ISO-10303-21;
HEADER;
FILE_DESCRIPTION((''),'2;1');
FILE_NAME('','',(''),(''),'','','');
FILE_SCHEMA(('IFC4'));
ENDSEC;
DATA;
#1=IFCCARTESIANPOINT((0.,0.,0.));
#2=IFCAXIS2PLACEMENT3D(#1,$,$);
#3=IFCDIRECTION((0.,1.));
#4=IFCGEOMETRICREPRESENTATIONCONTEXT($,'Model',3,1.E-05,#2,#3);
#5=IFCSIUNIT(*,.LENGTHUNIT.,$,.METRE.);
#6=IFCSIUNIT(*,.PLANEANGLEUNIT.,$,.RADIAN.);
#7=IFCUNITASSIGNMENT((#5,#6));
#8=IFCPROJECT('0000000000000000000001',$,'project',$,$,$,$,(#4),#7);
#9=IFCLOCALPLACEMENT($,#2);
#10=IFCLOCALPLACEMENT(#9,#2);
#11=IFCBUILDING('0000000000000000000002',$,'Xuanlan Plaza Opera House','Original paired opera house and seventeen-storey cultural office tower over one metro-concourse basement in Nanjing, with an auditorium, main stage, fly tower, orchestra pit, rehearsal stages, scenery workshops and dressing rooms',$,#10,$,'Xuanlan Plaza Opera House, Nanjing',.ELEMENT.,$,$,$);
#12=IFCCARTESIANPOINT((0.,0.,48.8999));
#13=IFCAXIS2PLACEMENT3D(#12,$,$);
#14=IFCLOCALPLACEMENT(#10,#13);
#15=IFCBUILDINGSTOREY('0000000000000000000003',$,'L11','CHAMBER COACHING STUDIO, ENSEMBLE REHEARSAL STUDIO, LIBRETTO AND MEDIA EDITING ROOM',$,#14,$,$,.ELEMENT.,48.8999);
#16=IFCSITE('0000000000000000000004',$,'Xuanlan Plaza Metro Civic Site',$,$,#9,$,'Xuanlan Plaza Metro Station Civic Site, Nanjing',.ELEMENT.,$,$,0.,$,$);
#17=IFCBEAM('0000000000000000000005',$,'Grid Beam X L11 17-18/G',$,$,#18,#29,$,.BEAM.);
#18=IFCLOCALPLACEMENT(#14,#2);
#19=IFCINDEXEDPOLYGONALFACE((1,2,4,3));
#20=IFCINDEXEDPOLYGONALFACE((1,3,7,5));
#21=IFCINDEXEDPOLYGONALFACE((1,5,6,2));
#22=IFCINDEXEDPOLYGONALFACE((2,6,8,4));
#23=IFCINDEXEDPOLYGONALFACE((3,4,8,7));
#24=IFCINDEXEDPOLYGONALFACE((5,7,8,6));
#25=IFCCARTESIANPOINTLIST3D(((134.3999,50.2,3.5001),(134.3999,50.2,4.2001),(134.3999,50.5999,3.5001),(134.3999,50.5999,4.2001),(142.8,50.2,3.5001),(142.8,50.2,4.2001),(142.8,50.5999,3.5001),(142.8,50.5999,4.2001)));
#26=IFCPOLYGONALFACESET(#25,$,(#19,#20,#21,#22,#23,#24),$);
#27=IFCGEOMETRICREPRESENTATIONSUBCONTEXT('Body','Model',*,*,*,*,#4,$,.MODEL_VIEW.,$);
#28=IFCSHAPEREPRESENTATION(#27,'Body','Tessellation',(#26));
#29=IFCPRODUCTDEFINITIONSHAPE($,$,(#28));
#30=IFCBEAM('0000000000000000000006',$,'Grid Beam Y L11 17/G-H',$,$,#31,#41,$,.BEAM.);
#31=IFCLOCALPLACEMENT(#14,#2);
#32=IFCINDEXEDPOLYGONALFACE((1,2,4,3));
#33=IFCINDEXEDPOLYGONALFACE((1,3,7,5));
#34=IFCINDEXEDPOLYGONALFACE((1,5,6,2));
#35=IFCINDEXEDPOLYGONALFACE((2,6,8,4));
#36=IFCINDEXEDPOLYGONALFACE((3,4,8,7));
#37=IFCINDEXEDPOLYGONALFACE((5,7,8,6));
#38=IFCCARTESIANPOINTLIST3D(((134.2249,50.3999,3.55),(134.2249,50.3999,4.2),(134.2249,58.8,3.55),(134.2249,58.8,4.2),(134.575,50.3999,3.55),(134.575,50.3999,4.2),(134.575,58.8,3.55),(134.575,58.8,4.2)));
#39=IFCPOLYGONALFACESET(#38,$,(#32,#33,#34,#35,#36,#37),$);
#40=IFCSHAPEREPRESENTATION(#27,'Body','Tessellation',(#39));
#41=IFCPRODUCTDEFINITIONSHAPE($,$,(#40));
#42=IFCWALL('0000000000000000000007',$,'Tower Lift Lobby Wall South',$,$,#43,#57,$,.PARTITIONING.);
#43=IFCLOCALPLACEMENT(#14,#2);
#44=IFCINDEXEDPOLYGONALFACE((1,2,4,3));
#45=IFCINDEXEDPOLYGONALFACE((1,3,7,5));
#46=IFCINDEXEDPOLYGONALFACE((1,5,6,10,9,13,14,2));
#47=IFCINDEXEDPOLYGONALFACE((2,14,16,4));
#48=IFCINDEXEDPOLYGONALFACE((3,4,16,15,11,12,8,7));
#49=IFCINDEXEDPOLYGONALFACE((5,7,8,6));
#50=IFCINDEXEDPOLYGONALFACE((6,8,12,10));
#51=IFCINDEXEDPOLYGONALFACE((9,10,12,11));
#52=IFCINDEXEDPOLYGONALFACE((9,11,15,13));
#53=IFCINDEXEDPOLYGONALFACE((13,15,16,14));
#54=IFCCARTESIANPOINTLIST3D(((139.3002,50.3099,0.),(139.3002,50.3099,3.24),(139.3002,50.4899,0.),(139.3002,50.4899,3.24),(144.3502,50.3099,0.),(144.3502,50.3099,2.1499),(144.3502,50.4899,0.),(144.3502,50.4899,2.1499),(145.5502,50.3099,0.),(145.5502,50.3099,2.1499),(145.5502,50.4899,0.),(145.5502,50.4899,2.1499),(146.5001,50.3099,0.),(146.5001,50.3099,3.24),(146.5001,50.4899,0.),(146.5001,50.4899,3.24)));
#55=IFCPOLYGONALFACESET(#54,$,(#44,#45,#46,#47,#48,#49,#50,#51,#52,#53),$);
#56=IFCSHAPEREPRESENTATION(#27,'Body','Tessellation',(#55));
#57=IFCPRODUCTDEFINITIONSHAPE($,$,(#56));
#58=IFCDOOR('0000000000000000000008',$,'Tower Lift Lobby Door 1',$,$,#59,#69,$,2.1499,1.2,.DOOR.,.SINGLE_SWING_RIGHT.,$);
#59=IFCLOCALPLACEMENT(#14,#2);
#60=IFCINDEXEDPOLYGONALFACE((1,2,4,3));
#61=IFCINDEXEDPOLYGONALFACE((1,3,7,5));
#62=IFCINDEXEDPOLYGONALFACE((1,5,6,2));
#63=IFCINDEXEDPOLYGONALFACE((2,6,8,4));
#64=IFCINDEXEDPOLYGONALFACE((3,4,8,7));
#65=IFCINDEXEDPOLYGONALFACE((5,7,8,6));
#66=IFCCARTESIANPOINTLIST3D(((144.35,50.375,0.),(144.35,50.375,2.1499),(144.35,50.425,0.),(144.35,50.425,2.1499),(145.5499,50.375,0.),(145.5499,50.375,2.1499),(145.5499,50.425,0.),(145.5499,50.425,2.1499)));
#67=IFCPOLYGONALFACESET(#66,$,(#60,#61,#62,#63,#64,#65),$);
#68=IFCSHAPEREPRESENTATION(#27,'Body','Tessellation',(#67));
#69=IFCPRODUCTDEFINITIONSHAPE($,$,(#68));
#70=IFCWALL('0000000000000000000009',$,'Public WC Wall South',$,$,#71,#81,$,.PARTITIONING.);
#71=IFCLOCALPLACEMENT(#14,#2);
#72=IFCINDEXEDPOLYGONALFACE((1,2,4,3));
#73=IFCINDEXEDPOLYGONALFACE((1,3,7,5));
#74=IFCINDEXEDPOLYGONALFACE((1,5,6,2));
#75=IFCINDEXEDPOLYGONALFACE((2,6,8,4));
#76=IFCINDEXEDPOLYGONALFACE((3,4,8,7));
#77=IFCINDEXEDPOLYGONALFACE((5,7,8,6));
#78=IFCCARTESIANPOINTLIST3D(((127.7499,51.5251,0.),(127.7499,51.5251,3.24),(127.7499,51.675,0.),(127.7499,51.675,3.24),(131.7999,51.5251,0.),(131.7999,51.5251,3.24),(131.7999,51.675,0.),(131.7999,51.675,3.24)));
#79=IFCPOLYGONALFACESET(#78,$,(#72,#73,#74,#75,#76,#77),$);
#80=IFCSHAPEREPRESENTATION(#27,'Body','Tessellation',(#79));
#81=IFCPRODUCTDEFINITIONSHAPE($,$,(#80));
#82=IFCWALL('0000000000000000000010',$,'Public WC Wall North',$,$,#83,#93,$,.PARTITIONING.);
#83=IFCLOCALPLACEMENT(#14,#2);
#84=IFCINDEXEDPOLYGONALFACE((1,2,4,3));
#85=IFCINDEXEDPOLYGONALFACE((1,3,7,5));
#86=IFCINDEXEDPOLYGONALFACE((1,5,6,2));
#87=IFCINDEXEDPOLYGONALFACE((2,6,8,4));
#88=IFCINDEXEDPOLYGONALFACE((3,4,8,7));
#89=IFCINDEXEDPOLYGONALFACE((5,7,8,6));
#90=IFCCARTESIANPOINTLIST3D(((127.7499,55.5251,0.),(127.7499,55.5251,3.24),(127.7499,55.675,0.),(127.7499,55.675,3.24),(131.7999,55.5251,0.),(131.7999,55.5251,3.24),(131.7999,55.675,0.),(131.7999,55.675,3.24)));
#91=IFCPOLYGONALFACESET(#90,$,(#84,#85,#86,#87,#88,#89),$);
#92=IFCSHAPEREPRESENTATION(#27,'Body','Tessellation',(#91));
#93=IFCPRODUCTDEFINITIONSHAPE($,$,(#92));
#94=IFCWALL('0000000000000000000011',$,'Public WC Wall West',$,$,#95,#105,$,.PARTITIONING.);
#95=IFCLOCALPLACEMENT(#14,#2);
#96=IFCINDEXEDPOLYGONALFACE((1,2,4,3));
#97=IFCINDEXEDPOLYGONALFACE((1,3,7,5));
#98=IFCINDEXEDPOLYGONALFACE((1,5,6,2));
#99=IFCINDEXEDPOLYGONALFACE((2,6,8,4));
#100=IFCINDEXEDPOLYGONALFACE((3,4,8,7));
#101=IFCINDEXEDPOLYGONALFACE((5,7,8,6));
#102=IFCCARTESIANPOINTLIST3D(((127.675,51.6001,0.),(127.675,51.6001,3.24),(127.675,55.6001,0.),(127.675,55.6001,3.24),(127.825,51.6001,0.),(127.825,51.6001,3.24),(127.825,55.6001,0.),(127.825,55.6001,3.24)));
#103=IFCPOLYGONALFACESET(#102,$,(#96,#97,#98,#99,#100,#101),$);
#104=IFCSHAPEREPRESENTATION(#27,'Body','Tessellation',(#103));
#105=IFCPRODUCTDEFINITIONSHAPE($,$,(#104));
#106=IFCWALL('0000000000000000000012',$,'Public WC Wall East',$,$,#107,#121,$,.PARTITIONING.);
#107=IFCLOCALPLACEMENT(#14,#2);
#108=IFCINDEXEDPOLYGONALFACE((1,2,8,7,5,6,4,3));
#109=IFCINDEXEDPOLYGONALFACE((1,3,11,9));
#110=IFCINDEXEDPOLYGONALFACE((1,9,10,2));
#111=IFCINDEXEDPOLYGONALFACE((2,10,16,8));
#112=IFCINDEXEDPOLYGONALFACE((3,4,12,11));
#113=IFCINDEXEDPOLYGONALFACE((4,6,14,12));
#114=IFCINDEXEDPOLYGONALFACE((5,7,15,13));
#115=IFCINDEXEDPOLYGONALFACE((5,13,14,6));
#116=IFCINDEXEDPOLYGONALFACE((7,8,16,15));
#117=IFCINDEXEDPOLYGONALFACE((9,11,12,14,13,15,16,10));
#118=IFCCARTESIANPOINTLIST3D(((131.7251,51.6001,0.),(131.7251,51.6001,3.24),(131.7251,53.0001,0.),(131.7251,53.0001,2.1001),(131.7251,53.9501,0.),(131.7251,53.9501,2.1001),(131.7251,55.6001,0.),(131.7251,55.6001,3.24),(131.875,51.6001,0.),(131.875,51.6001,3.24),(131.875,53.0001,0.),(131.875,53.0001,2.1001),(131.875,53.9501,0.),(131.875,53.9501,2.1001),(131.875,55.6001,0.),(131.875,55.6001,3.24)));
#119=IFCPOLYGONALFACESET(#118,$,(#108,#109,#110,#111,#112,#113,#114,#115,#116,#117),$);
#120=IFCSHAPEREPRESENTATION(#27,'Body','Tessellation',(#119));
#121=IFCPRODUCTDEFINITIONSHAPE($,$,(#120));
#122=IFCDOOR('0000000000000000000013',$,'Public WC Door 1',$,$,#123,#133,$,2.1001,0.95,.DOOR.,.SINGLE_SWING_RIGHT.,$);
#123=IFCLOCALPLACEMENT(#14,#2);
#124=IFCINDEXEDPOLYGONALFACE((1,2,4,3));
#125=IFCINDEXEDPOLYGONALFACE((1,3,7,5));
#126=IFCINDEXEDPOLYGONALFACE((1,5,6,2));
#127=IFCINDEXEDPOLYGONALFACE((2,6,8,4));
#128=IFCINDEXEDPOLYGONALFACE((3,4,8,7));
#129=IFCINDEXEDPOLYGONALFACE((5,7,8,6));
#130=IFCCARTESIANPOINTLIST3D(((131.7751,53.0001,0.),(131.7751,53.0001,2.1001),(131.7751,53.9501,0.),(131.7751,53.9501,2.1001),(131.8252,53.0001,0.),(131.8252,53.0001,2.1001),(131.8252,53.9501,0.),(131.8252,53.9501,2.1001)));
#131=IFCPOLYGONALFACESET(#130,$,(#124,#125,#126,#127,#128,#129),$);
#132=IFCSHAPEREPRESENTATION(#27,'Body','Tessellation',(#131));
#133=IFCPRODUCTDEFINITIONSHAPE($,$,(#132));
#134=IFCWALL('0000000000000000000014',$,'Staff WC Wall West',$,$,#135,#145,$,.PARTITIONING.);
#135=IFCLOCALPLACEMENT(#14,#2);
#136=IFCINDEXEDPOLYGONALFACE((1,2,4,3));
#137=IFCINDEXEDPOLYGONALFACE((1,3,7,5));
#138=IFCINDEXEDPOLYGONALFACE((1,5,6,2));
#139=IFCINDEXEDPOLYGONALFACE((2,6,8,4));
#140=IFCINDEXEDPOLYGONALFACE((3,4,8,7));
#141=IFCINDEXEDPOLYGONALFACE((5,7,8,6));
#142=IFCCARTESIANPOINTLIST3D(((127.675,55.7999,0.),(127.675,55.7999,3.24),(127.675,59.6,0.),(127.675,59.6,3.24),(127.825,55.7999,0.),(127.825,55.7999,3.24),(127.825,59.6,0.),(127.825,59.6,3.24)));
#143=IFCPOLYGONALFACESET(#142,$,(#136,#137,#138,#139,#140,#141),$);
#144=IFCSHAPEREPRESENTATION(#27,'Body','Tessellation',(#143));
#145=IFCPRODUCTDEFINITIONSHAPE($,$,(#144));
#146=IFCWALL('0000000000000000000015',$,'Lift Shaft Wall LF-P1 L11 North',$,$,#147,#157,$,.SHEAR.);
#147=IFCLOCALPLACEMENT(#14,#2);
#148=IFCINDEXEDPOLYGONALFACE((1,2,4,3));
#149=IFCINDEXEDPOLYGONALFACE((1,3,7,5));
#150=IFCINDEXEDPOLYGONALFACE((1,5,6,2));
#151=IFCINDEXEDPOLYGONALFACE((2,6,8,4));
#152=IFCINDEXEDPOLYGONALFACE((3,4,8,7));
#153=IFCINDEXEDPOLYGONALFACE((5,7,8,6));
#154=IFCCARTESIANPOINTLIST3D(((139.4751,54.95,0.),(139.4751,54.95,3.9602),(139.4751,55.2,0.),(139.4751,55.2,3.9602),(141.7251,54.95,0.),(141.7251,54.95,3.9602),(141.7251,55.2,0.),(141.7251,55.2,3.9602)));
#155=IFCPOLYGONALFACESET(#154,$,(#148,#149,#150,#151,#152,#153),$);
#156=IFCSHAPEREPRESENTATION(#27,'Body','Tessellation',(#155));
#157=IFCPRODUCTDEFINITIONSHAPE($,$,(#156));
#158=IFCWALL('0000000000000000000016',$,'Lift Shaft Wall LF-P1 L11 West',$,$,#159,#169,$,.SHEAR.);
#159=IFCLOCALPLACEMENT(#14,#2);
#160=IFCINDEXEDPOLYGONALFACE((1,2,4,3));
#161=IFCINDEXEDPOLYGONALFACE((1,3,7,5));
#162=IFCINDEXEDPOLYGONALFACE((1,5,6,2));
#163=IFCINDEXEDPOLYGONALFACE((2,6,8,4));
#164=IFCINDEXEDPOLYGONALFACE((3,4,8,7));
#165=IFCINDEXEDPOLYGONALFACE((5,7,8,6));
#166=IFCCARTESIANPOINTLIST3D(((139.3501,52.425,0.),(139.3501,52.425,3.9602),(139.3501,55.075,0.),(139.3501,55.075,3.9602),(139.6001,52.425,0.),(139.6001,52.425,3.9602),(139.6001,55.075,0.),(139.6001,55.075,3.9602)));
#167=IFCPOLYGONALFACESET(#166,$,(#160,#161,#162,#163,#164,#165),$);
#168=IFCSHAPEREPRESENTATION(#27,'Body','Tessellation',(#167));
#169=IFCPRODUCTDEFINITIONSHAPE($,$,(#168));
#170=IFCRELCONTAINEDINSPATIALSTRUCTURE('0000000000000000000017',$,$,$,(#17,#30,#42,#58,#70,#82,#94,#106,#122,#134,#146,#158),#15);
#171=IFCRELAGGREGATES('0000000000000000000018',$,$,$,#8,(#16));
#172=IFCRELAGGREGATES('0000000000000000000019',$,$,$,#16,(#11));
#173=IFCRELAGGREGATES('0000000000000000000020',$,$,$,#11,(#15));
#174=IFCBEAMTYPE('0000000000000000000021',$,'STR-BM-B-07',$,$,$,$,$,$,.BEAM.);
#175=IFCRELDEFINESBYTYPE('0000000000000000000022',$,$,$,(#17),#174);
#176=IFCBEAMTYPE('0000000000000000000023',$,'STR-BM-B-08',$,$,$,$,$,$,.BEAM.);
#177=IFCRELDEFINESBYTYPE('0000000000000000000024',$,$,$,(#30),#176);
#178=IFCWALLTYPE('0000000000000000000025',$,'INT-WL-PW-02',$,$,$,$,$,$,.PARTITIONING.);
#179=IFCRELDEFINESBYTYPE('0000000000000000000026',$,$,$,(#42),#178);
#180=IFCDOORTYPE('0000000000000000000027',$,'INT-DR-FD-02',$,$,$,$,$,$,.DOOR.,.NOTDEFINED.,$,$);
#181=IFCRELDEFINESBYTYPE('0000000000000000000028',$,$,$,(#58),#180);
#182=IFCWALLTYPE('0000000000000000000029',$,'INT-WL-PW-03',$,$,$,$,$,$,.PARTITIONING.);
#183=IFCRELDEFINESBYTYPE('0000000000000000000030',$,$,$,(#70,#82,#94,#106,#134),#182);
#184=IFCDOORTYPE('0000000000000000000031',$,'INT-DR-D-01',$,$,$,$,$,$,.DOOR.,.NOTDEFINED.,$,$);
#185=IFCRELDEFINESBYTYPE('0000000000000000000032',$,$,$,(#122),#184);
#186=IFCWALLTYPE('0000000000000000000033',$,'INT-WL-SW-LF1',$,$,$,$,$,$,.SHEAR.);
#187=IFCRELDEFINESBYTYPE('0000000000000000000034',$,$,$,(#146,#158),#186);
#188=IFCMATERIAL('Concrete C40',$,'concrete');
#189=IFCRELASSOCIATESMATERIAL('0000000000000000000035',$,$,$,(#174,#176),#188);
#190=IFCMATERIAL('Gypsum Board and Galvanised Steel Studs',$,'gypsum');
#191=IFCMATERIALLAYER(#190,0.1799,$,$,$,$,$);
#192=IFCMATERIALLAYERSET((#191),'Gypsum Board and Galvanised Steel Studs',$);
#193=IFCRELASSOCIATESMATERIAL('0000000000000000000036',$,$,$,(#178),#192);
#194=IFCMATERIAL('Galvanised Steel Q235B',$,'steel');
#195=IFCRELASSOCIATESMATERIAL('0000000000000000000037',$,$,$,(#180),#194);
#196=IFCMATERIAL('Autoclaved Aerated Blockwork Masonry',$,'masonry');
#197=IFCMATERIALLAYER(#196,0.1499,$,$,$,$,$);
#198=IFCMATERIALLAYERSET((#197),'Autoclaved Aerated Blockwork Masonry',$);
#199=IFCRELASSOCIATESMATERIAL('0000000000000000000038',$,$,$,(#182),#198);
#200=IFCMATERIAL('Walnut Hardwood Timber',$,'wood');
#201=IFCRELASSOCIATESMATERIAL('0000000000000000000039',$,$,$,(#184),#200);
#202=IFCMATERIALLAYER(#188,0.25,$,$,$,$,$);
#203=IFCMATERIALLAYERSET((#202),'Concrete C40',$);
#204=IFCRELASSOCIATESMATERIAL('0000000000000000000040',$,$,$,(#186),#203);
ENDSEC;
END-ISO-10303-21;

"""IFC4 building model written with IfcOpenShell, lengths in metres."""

from ifc_helpers import new_model, si_unit, direction, frame, frame_2d, origin, origin_2d, place, context, subcontext, project, spatial, rectangle, extrude, material, layer, layer_set, material_profile, profile_set, type_object, element, fill, save


model = new_model("IFC4")

# Units and contexts
model_context = context("Model", 3, precision=1e-05, world=origin(), true_north=direction((0.0, 1.0)))
body_context = subcontext(model_context, "Body", "Model", "MODEL_VIEW")
ifc_project = project(units=[si_unit("LENGTHUNIT", "METRE"), si_unit("PLANEANGLEUNIT", "RADIAN")], contexts=[model_context])

# Site, building, storey
site_placement = place(None, origin())
site = spatial("IfcSite", under=ifc_project, at=site_placement, Name="Xuanlan Plaza Metro Civic Site", LongName="Xuanlan Plaza Metro Station Civic Site, Nanjing", CompositionType="ELEMENT", RefElevation=0.0)
building_placement = place(site_placement, origin())
building = spatial("IfcBuilding", under=site, at=building_placement, Name="Xuanlan Plaza Opera House", Description="Original paired opera house and seventeen-storey cultural office tower over one metro-concourse basement in Nanjing, with an auditorium, main stage, fly tower, orchestra pit, rehearsal stages, scenery workshops and dressing rooms", LongName="Xuanlan Plaza Opera House, Nanjing", CompositionType="ELEMENT")
storey_placement = place(building_placement, frame((0.0, 0.0, 48.8999)))
storey = spatial("IfcBuildingStorey", under=building, at=storey_placement, Name="L11", Description="CHAMBER COACHING STUDIO, ENSEMBLE REHEARSAL STUDIO, LIBRETTO AND MEDIA EDITING ROOM", CompositionType="ELEMENT", Elevation=48.8999)

# Beams
ifc_material_1 = material(Name="Concrete C40", Category="concrete")
ifc_material_profile_1 = material_profile(ifc_material_1, rectangle(XDim=0.3999, YDim=0.7, at=origin_2d()), Name="RC-BM 400x700")
ifc_profile_set_1 = profile_set([ifc_material_profile_1], Name="Concrete C40")
beam_type_1 = type_object("IfcBeamType", Name="STR-BM-B-07", PredefinedType="BEAM", material=ifc_profile_set_1)
beam_1_placement = place(storey_placement, frame((134.3999, 50.3999, 3.8501), z_axis=(1.0, 0.0, 0.0), x_axis=(0.0, 1.0, 0.0)))
element("IfcBeam", 1, at=beam_1_placement, inside=storey, type_object=beam_type_1, Name="Grid Beam X L11 17-18/G", PredefinedType="BEAM", context=body_context, shape_type="SweptSolid", body=[
    extrude(rectangle(XDim=0.3999, YDim=0.7, at=origin_2d()), origin(), (0.0, 0.0, 1.0), 8.4001),
])
ifc_material_profile_2 = material_profile(ifc_material_1, rectangle(XDim=0.3501, YDim=0.6499, at=origin_2d()), Name="RC-BM 350x650")
ifc_profile_set_2 = profile_set([ifc_material_profile_2], Name="Concrete C40")
beam_type_2 = type_object("IfcBeamType", Name="STR-BM-B-08", PredefinedType="BEAM", material=ifc_profile_set_2)
beam_2_placement = place(storey_placement, frame((134.3999, 50.3999, 3.875), z_axis=(0.0, 1.0, 0.0), x_axis=(-1.0, 0.0, 0.0)))
element("IfcBeam", 2, at=beam_2_placement, inside=storey, type_object=beam_type_2, Name="Grid Beam Y L11 17/G-H", PredefinedType="BEAM", context=body_context, shape_type="SweptSolid", body=[
    extrude(rectangle(XDim=0.3501, YDim=0.6499, at=origin_2d()), origin(), (0.0, 0.0, 1.0), 8.4001),
])

# Wall, opening, door
ifc_material_2 = material(Name="Gypsum Board and Galvanised Steel Studs", Category="gypsum")
ifc_layer_1 = layer(ifc_material_2, 0.1799)
ifc_layer_set_1 = layer_set([ifc_layer_1], Name="Gypsum Board and Galvanised Steel Studs")
wall_type_1 = type_object("IfcWallType", Name="INT-WL-PW-02", PredefinedType="PARTITIONING", material=ifc_layer_set_1)
wall_1_placement = place(storey_placement, frame((139.3, 50.3999, 0.0), z_axis=(0.0, 0.0, 1.0), x_axis=(1.0, 0.0, 0.0)))
wall_1 = element("IfcWall", 3, at=wall_1_placement, inside=storey, type_object=wall_type_1, Name="Tower Lift Lobby Wall South", PredefinedType="PARTITIONING", context=body_context, shape_type="SweptSolid", body=[
    extrude(rectangle(XDim=7.2, YDim=0.1799, at=frame_2d((3.6001, 0.0))), origin(), (0.0, 0.0, 1.0), 3.24),
])
opening_1_placement = place(wall_1_placement, frame((5.05, 0.0, 0.0)))
opening_1 = element("IfcOpeningElement", 4, at=opening_1_placement, cuts=wall_1, PredefinedType="OPENING", context=body_context, shape_type="SweptSolid", body=[
    extrude(rectangle(XDim=1.2, YDim=2.1499, at=frame_2d((0.6001, 1.075))), frame((0.0, 0.0999, 0.0), z_axis=(0.0, -1.0, 0.0), x_axis=(1.0, 0.0, 0.0)), (0.0, 0.0, 1.0), 0.2),
])
ifc_material_3 = material(Name="Galvanised Steel Q235B", Category="steel")
door_type_1 = type_object("IfcDoorType", Name="INT-DR-FD-02", OperationType="NOTDEFINED", PredefinedType="DOOR", material=ifc_material_3)
door_1_placement = place(opening_1_placement, frame((1.2, 0.0, 0.0), z_axis=(0.0, 0.0, 1.0), x_axis=(-1.0, 0.0, 0.0)))
door_1 = element("IfcDoor", 5, at=door_1_placement, inside=storey, type_object=door_type_1, Name="Tower Lift Lobby Door 1", OperationType="SINGLE_SWING_RIGHT", OverallHeight=2.1499, OverallWidth=1.2, PredefinedType="DOOR", context=body_context, shape_type="SweptSolid", body=[
    extrude(rectangle(XDim=1.2, YDim=2.1499, at=frame_2d((0.6001, 1.075))), frame((0.0, 0.0249, 0.0), z_axis=(0.0, -1.0, 0.0), x_axis=(1.0, 0.0, 0.0)), (0.0, 0.0, 1.0), 0.05),
])
fill(opening_1, door_1)

# Walls
ifc_material_4 = material(Name="Autoclaved Aerated Blockwork Masonry", Category="masonry")
ifc_layer_2 = layer(ifc_material_4, 0.1499)
ifc_layer_set_2 = layer_set([ifc_layer_2], Name="Autoclaved Aerated Blockwork Masonry")
wall_type_2 = type_object("IfcWallType", Name="INT-WL-PW-03", PredefinedType="PARTITIONING", material=ifc_layer_set_2)
for number, where, z_axis, x_axis, name in (
    (6, (127.75, 51.6001, 0.0), (0.0, 0.0, 1.0), (1.0, 0.0, 0.0), "Public WC Wall South"),
    (7, (127.75, 55.6001, 0.0), (0.0, 0.0, 1.0), (1.0, 0.0, 0.0), "Public WC Wall North"),
):
    element("IfcWall", number, at=place(storey_placement, frame(where, z_axis=z_axis, x_axis=x_axis)), inside=storey, type_object=wall_type_2, Name=name, PredefinedType="PARTITIONING", context=body_context, shape_type="SweptSolid", body=[
        extrude(rectangle(XDim=4.05, YDim=0.1499, at=frame_2d((2.0249, 0.0))), origin(), (0.0, 0.0, 1.0), 3.24),
    ])
wall_2_placement = place(storey_placement, frame((127.75, 51.6001, 0.0), z_axis=(0.0, 0.0, 1.0), x_axis=(0.0, 1.0, 0.0)))
element("IfcWall", 8, at=wall_2_placement, inside=storey, type_object=wall_type_2, Name="Public WC Wall West", PredefinedType="PARTITIONING", context=body_context, shape_type="SweptSolid", body=[
    extrude(rectangle(XDim=4.0, YDim=0.1499, at=frame_2d((2.0, 0.0))), origin(), (0.0, 0.0, 1.0), 3.24),
])

# Wall, opening, door
wall_3_placement = place(storey_placement, frame((131.8, 51.6001, 0.0), z_axis=(0.0, 0.0, 1.0), x_axis=(0.0, 1.0, 0.0)))
wall_3 = element("IfcWall", 9, at=wall_3_placement, inside=storey, type_object=wall_type_2, Name="Public WC Wall East", PredefinedType="PARTITIONING", context=body_context, shape_type="SweptSolid", body=[
    extrude(rectangle(XDim=4.0, YDim=0.1499, at=frame_2d((2.0, 0.0))), origin(), (0.0, 0.0, 1.0), 3.24),
])
opening_2_placement = place(wall_3_placement, frame((1.3999, 0.0, 0.0)))
opening_2 = element("IfcOpeningElement", 10, at=opening_2_placement, cuts=wall_3, PredefinedType="OPENING", context=body_context, shape_type="SweptSolid", body=[
    extrude(rectangle(XDim=0.95, YDim=2.1001, at=frame_2d((0.4751, 1.05))), frame((0.0, 0.085, 0.0), z_axis=(0.0, -1.0, 0.0), x_axis=(1.0, 0.0, 0.0)), (0.0, 0.0, 1.0), 0.1699),
])
ifc_material_5 = material(Name="Walnut Hardwood Timber", Category="wood")
door_type_2 = type_object("IfcDoorType", Name="INT-DR-D-01", OperationType="NOTDEFINED", PredefinedType="DOOR", material=ifc_material_5)
door_2_placement = place(opening_2_placement, origin())
door_2 = element("IfcDoor", 11, at=door_2_placement, inside=storey, type_object=door_type_2, Name="Public WC Door 1", OperationType="SINGLE_SWING_RIGHT", OverallHeight=2.1001, OverallWidth=0.95, PredefinedType="DOOR", context=body_context, shape_type="SweptSolid", body=[
    extrude(rectangle(XDim=0.95, YDim=2.1001, at=frame_2d((0.4751, 1.05))), frame((0.0, 0.0249, 0.0), z_axis=(0.0, -1.0, 0.0), x_axis=(1.0, 0.0, 0.0)), (0.0, 0.0, 1.0), 0.05),
])
fill(opening_2, door_2)

# Wall
wall_4_placement = place(storey_placement, frame((127.75, 55.8, 0.0), z_axis=(0.0, 0.0, 1.0), x_axis=(0.0, 1.0, 0.0)))
element("IfcWall", 12, at=wall_4_placement, inside=storey, type_object=wall_type_2, Name="Staff WC Wall West", PredefinedType="PARTITIONING", context=body_context, shape_type="SweptSolid", body=[
    extrude(rectangle(XDim=3.8, YDim=0.1499, at=frame_2d((1.8999, 0.0))), origin(), (0.0, 0.0, 1.0), 3.24),
])

# Shared definitions
ifc_layer_3 = layer(ifc_material_1, 0.25)
ifc_layer_set_3 = layer_set([ifc_layer_3], Name="Concrete C40")
wall_type_3 = type_object("IfcWallType", Name="INT-WL-SW-LF1", PredefinedType="SHEAR", material=ifc_layer_set_3)

# Walls
wall_5_placement = place(storey_placement, frame((139.4751, 55.075, 0.0), z_axis=(0.0, 0.0, 1.0), x_axis=(1.0, 0.0, 0.0)))
element("IfcWall", 13, at=wall_5_placement, inside=storey, type_object=wall_type_3, Name="Lift Shaft Wall LF-P1 L11 North", PredefinedType="SHEAR", context=body_context, shape_type="SweptSolid", body=[
    extrude(rectangle(XDim=2.25, YDim=0.25, at=frame_2d((1.125, 0.0))), origin(), (0.0, 0.0, 1.0), 3.9602),
])
wall_6_placement = place(storey_placement, frame((139.4751, 52.425, 0.0), z_axis=(0.0, 0.0, 1.0), x_axis=(0.0, 1.0, 0.0)))
element("IfcWall", 14, at=wall_6_placement, inside=storey, type_object=wall_type_3, Name="Lift Shaft Wall LF-P1 L11 West", PredefinedType="SHEAR", context=body_context, shape_type="SweptSolid", body=[
    extrude(rectangle(XDim=2.6499, YDim=0.25, at=frame_2d((1.325, 0.0))), origin(), (0.0, 0.0, 1.0), 3.9602),
])

save(model, "model.ifc")
